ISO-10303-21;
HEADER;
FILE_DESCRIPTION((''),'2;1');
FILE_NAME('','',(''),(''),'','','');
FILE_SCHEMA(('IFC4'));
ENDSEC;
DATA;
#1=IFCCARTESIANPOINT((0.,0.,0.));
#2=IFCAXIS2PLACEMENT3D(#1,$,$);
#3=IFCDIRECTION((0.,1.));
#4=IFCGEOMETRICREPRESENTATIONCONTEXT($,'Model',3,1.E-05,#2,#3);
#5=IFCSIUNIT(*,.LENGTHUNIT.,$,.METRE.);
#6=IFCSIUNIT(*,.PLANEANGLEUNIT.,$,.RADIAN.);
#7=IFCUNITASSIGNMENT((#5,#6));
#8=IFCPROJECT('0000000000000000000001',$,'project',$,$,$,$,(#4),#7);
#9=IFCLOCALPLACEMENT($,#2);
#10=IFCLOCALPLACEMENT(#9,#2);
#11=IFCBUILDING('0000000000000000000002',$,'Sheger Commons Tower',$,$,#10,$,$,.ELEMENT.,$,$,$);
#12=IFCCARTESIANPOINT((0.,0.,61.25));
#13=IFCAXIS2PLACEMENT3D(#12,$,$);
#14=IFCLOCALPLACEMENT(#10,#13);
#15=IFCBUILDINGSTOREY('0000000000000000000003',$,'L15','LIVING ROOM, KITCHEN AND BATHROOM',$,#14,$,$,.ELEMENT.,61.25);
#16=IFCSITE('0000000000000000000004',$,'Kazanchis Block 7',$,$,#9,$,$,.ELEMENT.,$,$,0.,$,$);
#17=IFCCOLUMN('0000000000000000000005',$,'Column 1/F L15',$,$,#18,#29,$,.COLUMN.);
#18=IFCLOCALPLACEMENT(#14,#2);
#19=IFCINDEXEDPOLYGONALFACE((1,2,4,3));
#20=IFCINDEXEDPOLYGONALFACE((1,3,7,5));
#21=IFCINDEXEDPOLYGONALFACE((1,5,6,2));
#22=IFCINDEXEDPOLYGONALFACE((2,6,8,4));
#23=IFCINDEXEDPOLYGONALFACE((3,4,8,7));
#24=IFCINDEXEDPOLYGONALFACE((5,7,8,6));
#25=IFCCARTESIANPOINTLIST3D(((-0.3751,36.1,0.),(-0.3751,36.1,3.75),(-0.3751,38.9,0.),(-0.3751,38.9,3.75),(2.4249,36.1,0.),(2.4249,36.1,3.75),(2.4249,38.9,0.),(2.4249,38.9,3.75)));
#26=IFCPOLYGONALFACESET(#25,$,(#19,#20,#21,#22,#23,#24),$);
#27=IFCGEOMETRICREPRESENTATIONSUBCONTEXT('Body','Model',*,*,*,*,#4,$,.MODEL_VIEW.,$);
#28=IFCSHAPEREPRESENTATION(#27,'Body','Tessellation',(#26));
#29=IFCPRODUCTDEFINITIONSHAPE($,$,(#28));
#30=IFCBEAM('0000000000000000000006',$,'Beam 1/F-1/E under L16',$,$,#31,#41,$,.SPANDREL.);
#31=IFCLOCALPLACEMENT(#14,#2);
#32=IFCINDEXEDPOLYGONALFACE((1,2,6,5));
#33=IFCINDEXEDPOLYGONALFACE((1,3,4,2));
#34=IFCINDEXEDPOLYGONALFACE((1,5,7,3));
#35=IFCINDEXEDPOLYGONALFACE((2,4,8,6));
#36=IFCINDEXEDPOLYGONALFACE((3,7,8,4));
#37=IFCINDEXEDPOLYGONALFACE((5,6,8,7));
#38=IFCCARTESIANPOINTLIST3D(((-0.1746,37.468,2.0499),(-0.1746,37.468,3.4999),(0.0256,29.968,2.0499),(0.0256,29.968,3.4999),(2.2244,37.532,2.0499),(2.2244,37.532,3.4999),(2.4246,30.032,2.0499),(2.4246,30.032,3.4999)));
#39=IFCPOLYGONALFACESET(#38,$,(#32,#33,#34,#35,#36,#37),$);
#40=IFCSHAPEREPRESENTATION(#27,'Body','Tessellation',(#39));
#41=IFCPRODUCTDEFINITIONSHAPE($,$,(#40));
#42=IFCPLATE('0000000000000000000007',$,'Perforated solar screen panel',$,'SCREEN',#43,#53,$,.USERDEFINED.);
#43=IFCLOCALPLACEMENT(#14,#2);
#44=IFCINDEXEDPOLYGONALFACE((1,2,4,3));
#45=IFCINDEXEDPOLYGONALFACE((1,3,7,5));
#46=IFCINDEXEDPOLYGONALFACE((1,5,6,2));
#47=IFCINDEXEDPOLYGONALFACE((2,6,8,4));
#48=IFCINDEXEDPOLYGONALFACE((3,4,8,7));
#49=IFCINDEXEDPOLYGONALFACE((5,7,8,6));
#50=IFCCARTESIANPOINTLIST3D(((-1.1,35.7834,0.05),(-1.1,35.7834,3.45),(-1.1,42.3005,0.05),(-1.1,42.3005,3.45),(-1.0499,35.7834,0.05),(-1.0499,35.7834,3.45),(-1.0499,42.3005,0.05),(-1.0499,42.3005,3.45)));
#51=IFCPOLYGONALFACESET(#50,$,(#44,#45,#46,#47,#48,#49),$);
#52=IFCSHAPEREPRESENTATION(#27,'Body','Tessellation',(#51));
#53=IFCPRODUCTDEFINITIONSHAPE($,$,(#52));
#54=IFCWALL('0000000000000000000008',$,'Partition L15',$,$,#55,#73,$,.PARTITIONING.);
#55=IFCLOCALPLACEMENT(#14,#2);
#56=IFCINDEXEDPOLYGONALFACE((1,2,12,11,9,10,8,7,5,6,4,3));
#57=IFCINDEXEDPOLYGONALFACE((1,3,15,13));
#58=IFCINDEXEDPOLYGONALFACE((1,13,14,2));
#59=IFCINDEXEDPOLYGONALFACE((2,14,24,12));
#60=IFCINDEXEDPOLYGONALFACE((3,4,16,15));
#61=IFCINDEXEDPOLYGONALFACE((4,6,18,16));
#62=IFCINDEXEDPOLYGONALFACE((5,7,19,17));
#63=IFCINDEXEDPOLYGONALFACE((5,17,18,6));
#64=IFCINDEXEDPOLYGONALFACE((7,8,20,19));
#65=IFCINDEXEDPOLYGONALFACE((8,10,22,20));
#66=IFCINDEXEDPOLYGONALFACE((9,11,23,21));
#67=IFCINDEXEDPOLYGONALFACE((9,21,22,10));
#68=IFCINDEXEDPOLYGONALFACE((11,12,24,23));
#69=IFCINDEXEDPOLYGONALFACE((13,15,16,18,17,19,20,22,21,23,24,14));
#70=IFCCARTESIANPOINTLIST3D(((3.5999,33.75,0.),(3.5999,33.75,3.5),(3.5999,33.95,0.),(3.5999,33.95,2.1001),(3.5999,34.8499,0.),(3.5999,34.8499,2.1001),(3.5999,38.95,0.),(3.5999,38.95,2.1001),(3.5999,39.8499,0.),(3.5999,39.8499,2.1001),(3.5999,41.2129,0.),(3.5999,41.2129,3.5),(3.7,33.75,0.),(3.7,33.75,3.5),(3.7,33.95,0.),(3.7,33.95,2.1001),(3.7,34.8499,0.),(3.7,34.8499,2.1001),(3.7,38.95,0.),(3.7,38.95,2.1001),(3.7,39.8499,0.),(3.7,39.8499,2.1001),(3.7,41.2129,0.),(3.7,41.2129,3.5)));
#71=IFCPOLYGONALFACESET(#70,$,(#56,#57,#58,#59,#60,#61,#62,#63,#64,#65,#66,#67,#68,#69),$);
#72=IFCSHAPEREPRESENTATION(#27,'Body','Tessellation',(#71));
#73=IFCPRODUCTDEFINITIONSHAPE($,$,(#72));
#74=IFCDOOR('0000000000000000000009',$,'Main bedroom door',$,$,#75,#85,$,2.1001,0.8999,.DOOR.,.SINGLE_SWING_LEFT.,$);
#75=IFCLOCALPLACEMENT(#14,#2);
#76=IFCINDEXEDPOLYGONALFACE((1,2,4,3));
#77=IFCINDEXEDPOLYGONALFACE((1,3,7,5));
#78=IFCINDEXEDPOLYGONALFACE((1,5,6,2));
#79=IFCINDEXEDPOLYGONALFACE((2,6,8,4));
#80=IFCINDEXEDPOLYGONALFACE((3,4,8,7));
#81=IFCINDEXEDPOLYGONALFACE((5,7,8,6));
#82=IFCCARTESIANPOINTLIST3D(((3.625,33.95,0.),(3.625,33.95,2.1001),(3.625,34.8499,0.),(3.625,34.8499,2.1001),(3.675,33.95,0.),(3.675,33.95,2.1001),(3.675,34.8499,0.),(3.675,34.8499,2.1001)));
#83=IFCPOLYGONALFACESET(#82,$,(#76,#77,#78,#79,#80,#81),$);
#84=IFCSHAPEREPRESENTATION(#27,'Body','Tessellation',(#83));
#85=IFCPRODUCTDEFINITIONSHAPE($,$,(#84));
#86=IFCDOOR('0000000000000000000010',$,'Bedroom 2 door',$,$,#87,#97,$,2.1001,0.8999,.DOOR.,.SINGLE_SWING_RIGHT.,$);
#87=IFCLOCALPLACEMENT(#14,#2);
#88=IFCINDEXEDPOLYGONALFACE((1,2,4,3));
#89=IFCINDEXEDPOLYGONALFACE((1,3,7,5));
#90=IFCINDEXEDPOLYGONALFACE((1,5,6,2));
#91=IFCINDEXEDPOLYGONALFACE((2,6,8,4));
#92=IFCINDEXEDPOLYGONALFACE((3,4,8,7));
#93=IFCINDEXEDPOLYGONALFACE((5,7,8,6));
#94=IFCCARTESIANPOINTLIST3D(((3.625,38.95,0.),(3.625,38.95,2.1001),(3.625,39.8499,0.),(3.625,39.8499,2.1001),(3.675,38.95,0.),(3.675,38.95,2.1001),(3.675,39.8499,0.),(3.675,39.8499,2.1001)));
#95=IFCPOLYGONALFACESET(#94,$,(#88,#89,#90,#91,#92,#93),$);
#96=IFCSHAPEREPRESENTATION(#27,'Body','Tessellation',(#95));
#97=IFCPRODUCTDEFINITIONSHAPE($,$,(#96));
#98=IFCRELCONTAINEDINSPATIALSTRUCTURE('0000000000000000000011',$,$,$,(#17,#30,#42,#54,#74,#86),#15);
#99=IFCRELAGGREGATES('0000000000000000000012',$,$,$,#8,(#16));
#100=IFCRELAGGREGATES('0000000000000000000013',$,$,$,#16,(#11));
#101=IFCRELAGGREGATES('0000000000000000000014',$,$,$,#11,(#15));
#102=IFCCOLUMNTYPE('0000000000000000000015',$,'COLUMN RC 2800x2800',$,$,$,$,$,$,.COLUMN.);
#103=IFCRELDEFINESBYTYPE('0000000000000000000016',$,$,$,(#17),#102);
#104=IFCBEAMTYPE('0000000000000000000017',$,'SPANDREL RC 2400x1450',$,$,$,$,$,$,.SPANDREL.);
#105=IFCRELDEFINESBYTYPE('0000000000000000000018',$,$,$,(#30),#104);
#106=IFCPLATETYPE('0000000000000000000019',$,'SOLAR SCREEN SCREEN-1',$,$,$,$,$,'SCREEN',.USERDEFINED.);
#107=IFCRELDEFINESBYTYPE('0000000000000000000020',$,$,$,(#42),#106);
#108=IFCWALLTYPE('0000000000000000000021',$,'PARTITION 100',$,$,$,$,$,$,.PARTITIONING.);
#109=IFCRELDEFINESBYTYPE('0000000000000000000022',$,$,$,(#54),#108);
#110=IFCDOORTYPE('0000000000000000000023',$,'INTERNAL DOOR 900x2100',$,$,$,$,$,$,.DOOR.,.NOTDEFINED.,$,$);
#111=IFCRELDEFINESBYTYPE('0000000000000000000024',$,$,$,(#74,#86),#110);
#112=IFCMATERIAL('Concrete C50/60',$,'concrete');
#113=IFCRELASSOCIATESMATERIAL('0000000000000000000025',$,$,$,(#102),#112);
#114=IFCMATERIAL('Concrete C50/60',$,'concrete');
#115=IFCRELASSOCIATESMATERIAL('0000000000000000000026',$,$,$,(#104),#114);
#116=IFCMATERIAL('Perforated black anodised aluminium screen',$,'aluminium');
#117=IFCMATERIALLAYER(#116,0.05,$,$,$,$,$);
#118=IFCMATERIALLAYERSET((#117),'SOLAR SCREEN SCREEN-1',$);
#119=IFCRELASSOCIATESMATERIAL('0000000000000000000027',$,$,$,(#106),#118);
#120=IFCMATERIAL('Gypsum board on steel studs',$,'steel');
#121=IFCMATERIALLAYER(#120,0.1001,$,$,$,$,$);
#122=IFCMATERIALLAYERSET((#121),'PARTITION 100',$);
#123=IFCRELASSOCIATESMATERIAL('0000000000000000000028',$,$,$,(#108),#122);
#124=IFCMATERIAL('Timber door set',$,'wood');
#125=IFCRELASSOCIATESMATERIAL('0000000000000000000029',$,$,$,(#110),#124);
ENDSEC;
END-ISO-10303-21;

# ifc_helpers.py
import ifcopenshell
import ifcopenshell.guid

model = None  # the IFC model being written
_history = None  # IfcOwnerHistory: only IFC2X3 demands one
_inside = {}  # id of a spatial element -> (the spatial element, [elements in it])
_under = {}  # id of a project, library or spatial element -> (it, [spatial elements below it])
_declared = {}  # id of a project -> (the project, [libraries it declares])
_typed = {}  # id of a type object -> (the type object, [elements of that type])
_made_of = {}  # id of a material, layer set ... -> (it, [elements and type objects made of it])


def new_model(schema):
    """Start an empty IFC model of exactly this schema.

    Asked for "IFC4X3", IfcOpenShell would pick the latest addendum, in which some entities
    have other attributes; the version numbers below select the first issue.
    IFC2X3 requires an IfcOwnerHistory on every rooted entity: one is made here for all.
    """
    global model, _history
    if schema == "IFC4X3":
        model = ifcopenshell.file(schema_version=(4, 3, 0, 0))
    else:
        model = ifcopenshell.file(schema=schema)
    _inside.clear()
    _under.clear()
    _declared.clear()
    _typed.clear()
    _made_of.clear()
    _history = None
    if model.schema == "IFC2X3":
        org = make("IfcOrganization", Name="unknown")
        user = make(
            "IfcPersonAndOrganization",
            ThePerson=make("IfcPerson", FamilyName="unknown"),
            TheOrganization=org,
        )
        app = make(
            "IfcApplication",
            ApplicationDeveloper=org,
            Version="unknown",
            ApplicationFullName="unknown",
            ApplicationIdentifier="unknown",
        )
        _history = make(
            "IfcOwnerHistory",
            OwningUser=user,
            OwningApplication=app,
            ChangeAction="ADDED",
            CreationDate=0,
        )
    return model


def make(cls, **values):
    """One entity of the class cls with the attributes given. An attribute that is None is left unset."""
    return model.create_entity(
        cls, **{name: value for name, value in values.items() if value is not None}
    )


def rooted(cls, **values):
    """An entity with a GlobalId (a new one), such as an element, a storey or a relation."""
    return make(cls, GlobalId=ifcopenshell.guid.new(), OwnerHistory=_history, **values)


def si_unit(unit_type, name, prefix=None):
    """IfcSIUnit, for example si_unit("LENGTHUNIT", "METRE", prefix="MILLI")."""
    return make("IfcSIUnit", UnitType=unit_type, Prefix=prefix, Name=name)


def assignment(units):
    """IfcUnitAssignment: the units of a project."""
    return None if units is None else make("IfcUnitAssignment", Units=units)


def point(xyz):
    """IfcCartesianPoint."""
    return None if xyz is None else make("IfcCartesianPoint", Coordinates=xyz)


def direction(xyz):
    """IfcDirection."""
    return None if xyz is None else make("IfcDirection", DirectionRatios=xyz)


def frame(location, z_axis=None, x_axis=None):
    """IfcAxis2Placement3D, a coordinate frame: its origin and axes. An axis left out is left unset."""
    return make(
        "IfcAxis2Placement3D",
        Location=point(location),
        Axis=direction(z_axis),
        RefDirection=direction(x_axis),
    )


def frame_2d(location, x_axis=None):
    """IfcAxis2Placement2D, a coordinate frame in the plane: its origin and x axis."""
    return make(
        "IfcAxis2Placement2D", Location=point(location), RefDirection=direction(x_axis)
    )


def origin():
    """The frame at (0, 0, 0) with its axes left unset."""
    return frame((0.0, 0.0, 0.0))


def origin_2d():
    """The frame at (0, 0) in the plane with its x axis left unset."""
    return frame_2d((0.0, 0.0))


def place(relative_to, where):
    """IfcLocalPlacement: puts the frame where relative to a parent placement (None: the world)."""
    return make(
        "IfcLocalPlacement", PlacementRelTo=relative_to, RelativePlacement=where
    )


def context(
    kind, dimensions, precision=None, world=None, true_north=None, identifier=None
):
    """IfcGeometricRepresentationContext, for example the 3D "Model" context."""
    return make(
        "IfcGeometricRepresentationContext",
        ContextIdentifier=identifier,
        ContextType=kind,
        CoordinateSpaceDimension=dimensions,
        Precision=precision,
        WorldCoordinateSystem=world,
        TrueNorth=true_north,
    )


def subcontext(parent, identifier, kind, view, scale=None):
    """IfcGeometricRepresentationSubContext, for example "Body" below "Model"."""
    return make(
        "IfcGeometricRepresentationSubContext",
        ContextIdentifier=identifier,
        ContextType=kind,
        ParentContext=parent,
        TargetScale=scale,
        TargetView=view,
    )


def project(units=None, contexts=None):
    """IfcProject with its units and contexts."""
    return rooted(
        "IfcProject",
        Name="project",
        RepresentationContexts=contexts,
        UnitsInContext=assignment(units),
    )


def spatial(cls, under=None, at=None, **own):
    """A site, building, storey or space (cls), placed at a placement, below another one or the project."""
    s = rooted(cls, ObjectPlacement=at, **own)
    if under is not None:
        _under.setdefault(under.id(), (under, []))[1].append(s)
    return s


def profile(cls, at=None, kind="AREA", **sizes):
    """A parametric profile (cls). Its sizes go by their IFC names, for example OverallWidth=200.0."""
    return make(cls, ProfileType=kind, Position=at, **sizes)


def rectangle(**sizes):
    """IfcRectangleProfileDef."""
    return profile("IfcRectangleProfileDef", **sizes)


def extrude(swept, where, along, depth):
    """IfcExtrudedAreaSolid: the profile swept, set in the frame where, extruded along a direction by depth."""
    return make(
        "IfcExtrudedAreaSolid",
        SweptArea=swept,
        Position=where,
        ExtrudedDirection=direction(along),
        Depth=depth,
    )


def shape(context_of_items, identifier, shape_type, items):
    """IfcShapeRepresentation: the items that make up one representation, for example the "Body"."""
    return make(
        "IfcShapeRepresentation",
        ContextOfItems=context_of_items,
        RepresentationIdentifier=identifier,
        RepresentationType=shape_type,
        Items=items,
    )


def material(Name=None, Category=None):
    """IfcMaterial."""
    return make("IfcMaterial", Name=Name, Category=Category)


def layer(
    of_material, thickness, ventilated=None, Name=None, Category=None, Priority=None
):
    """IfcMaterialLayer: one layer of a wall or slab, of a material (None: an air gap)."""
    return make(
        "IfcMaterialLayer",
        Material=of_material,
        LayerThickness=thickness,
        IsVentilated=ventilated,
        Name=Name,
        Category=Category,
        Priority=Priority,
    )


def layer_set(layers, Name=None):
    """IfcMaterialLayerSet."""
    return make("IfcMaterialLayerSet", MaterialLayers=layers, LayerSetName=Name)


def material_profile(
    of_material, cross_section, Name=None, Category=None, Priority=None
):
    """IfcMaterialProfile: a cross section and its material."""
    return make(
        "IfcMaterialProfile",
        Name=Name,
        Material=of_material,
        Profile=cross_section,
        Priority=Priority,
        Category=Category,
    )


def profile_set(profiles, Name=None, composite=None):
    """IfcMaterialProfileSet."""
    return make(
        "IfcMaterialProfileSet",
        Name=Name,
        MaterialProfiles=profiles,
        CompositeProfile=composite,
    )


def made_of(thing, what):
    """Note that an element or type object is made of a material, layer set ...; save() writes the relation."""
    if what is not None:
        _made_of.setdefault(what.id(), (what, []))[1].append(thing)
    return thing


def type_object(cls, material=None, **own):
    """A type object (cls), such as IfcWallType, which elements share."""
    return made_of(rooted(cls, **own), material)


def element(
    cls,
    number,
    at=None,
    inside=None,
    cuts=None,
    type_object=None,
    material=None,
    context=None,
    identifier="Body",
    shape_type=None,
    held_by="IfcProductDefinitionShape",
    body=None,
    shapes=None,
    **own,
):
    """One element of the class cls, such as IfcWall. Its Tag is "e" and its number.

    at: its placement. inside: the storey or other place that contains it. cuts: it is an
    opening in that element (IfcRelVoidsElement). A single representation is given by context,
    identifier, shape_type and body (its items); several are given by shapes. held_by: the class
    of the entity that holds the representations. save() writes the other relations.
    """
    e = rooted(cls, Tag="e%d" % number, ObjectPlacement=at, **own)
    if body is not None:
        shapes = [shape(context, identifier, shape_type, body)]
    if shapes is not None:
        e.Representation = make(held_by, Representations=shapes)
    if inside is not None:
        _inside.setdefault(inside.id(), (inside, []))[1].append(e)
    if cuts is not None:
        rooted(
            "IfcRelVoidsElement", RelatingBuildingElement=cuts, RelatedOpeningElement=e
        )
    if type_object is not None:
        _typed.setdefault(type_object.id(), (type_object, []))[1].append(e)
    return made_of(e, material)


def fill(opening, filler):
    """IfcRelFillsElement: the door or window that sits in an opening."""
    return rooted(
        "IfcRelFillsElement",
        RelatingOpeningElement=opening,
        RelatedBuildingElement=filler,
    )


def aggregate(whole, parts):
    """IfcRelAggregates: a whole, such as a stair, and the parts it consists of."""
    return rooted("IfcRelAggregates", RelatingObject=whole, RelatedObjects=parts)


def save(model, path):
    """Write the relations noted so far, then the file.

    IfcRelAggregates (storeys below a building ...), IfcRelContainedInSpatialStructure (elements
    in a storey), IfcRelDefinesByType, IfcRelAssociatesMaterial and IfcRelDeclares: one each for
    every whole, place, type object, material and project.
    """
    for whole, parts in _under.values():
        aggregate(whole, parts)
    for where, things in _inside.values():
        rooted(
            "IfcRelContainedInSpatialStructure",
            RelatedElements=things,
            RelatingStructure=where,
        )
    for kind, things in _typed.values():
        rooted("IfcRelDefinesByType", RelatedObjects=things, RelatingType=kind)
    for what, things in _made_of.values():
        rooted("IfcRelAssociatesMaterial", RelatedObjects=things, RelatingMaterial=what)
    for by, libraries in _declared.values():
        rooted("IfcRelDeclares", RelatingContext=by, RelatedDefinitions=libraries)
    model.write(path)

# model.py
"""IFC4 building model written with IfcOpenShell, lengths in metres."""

from ifc_helpers import new_model, si_unit, direction, frame, frame_2d, origin, origin_2d, place, context, subcontext, project, spatial, rectangle, extrude, material, layer, layer_set, material_profile, profile_set, type_object, element, fill, save


model = new_model("IFC4")

# Units and contexts
model_context = context("Model", 3, precision=1e-05, world=origin(), true_north=direction((0.0, 1.0)))
body_context = subcontext(model_context, "Body", "Model", "MODEL_VIEW")
ifc_project = project(units=[si_unit("LENGTHUNIT", "METRE"), si_unit("PLANEANGLEUNIT", "RADIAN")], contexts=[model_context])

# Site, building, storey
site_placement = place(None, origin())
site = spatial("IfcSite", under=ifc_project, at=site_placement, Name="Kazanchis Block 7", CompositionType="ELEMENT", RefElevation=0.0)
building_placement = place(site_placement, origin())
building = spatial("IfcBuilding", under=site, at=building_placement, Name="Sheger Commons Tower", CompositionType="ELEMENT")
storey_placement = place(building_placement, frame((0.0, 0.0, 61.25)))
storey = spatial("IfcBuildingStorey", under=building, at=storey_placement, Name="L15", Description="LIVING ROOM, KITCHEN AND BATHROOM", CompositionType="ELEMENT", Elevation=61.25)

# Column
ifc_material_1 = material(Name="Concrete C50/60", Category="concrete")
ifc_material_profile_1 = material_profile(ifc_material_1, rectangle(XDim=2.8, YDim=2.8, at=origin_2d()), Name="RC 2800x2800")
ifc_profile_set_1 = profile_set([ifc_material_profile_1], Name="Concrete C50/60")
column_type = type_object("IfcColumnType", Name="COLUMN RC 2800x2800", PredefinedType="COLUMN", material=ifc_profile_set_1)
column_placement = place(storey_placement, frame((1.0249, 37.5, 0.0), z_axis=(0.0, 0.0, 1.0), x_axis=(1.0, 0.0, 0.0)))
element("IfcColumn", 1, at=column_placement, inside=storey, type_object=column_type, Name="Column 1/F L15", PredefinedType="COLUMN", context=body_context, shape_type="SweptSolid", body=[
    extrude(rectangle(XDim=2.8, YDim=2.8, at=origin_2d()), origin(), (0.0, 0.0, 1.0), 3.75),
])

# Beam
ifc_material_2 = material(Name="Concrete C50/60", Category="concrete")
ifc_material_profile_2 = material_profile(ifc_material_2, rectangle(XDim=2.3999, YDim=1.45, at=origin_2d()), Name="RC 2400x1450")
ifc_profile_set_2 = profile_set([ifc_material_profile_2], Name="Concrete C50/60")
beam_type = type_object("IfcBeamType", Name="SPANDREL RC 2400x1450", PredefinedType="SPANDREL", material=ifc_profile_set_2)
beam_placement = place(storey_placement, frame((1.0249, 37.5, 2.7749), z_axis=(0.026683, -0.999644, 0.0), x_axis=(0.999644, 0.026683, 0.0)))
element("IfcBeam", 2, at=beam_placement, inside=storey, type_object=beam_type, Name="Beam 1/F-1/E under L16", PredefinedType="SPANDREL", context=body_context, shape_type="SweptSolid", body=[
    extrude(rectangle(XDim=2.3999, YDim=1.45, at=origin_2d()), origin(), (0.0, 0.0, 1.0), 7.5027),
])

# Plate
ifc_material_3 = material(Name="Perforated black anodised aluminium screen", Category="aluminium")
ifc_layer_1 = layer(ifc_material_3, 0.05)
ifc_layer_set_1 = layer_set([ifc_layer_1], Name="SOLAR SCREEN SCREEN-1")
plate_type = type_object("IfcPlateType", Name="SOLAR SCREEN SCREEN-1", ElementType="SCREEN", PredefinedType="USERDEFINED", material=ifc_layer_set_1)
plate_placement = place(storey_placement, frame((-1.075, 39.042, 0.05), z_axis=(0.0, 0.0, 1.0), x_axis=(0.0, -1.0, 0.0)))
element("IfcPlate", 3, at=plate_placement, inside=storey, type_object=plate_type, Name="Perforated solar screen panel", ObjectType="SCREEN", PredefinedType="USERDEFINED", context=body_context, shape_type="SweptSolid", body=[
    extrude(rectangle(XDim=6.5171, YDim=0.05, at=origin_2d()), origin(), (0.0, 0.0, 1.0), 3.3999),
])

# Wall, openings, doors
ifc_material_4 = material(Name="Gypsum board on steel studs", Category="steel")
ifc_layer_2 = layer(ifc_material_4, 0.1001)
ifc_layer_set_2 = layer_set([ifc_layer_2], Name="PARTITION 100")
wall_type = type_object("IfcWallType", Name="PARTITION 100", PredefinedType="PARTITIONING", material=ifc_layer_set_2)
wall_1_placement = place(storey_placement, frame((3.6499, 33.75, 0.0), z_axis=(0.0, 0.0, 1.0), x_axis=(0.0, 1.0, 0.0)))
wall_1 = element("IfcWall", 4, at=wall_1_placement, inside=storey, type_object=wall_type, Name="Partition L15", PredefinedType="PARTITIONING", context=body_context, shape_type="SweptSolid", body=[
    extrude(rectangle(XDim=7.4629, YDim=0.1001, at=frame_2d((3.7314, 0.0))), origin(), (0.0, 0.0, 1.0), 3.5),
])
opening_1_placement = place(wall_1_placement, frame((0.2, 0.0, 0.0)))
opening_1 = element("IfcOpeningElement", 5, at=opening_1_placement, cuts=wall_1, PredefinedType="OPENING", context=body_context, shape_type="SweptSolid", body=[
    extrude(rectangle(XDim=0.8999, YDim=2.1001, at=frame_2d((0.45, 1.05))), frame((0.0, 0.0601, 0.0), z_axis=(0.0, -1.0, 0.0), x_axis=(1.0, 0.0, 0.0)), (0.0, 0.0, 1.0), 0.1201),
])
opening_2_placement = place(wall_1_placement, frame((5.2, 0.0, 0.0)))
opening_2 = element("IfcOpeningElement", 6, at=opening_2_placement, cuts=wall_1, PredefinedType="OPENING", context=body_context, shape_type="SweptSolid", body=[
    extrude(rectangle(XDim=0.8999, YDim=2.1001, at=frame_2d((0.45, 1.05))), frame((0.0, 0.0601, 0.0), z_axis=(0.0, -1.0, 0.0), x_axis=(1.0, 0.0, 0.0)), (0.0, 0.0, 1.0), 0.1201),
])
ifc_material_5 = material(Name="Timber door set", Category="wood")
door_type = type_object("IfcDoorType", Name="INTERNAL DOOR 900x2100", OperationType="NOTDEFINED", PredefinedType="DOOR", material=ifc_material_5)
door_1_placement = place(opening_1_placement, origin())
door_1 = element("IfcDoor", 7, at=door_1_placement, inside=storey, type_object=door_type, Name="Main bedroom door", OperationType="SINGLE_SWING_LEFT", OverallHeight=2.1001, OverallWidth=0.8999, PredefinedType="DOOR", context=body_context, shape_type="SweptSolid", body=[
    extrude(rectangle(XDim=0.8999, YDim=2.1001, at=frame_2d((0.45, 1.05))), frame((0.0, 0.0249, 0.0), z_axis=(0.0, -1.0, 0.0), x_axis=(1.0, 0.0, 0.0)), (0.0, 0.0, 1.0), 0.05),
])
fill(opening_1, door_1)
door_2_placement = place(opening_2_placement, origin())
door_2 = element("IfcDoor", 8, at=door_2_placement, inside=storey, type_object=door_type, Name="Bedroom 2 door", OperationType="SINGLE_SWING_RIGHT", OverallHeight=2.1001, OverallWidth=0.8999, PredefinedType="DOOR", context=body_context, shape_type="SweptSolid", body=[
    extrude(rectangle(XDim=0.8999, YDim=2.1001, at=frame_2d((0.45, 1.05))), frame((0.0, 0.0249, 0.0), z_axis=(0.0, -1.0, 0.0), x_axis=(1.0, 0.0, 0.0)), (0.0, 0.0, 1.0), 0.05),
])
fill(opening_2, door_2)

save(model, "model.ifc")
